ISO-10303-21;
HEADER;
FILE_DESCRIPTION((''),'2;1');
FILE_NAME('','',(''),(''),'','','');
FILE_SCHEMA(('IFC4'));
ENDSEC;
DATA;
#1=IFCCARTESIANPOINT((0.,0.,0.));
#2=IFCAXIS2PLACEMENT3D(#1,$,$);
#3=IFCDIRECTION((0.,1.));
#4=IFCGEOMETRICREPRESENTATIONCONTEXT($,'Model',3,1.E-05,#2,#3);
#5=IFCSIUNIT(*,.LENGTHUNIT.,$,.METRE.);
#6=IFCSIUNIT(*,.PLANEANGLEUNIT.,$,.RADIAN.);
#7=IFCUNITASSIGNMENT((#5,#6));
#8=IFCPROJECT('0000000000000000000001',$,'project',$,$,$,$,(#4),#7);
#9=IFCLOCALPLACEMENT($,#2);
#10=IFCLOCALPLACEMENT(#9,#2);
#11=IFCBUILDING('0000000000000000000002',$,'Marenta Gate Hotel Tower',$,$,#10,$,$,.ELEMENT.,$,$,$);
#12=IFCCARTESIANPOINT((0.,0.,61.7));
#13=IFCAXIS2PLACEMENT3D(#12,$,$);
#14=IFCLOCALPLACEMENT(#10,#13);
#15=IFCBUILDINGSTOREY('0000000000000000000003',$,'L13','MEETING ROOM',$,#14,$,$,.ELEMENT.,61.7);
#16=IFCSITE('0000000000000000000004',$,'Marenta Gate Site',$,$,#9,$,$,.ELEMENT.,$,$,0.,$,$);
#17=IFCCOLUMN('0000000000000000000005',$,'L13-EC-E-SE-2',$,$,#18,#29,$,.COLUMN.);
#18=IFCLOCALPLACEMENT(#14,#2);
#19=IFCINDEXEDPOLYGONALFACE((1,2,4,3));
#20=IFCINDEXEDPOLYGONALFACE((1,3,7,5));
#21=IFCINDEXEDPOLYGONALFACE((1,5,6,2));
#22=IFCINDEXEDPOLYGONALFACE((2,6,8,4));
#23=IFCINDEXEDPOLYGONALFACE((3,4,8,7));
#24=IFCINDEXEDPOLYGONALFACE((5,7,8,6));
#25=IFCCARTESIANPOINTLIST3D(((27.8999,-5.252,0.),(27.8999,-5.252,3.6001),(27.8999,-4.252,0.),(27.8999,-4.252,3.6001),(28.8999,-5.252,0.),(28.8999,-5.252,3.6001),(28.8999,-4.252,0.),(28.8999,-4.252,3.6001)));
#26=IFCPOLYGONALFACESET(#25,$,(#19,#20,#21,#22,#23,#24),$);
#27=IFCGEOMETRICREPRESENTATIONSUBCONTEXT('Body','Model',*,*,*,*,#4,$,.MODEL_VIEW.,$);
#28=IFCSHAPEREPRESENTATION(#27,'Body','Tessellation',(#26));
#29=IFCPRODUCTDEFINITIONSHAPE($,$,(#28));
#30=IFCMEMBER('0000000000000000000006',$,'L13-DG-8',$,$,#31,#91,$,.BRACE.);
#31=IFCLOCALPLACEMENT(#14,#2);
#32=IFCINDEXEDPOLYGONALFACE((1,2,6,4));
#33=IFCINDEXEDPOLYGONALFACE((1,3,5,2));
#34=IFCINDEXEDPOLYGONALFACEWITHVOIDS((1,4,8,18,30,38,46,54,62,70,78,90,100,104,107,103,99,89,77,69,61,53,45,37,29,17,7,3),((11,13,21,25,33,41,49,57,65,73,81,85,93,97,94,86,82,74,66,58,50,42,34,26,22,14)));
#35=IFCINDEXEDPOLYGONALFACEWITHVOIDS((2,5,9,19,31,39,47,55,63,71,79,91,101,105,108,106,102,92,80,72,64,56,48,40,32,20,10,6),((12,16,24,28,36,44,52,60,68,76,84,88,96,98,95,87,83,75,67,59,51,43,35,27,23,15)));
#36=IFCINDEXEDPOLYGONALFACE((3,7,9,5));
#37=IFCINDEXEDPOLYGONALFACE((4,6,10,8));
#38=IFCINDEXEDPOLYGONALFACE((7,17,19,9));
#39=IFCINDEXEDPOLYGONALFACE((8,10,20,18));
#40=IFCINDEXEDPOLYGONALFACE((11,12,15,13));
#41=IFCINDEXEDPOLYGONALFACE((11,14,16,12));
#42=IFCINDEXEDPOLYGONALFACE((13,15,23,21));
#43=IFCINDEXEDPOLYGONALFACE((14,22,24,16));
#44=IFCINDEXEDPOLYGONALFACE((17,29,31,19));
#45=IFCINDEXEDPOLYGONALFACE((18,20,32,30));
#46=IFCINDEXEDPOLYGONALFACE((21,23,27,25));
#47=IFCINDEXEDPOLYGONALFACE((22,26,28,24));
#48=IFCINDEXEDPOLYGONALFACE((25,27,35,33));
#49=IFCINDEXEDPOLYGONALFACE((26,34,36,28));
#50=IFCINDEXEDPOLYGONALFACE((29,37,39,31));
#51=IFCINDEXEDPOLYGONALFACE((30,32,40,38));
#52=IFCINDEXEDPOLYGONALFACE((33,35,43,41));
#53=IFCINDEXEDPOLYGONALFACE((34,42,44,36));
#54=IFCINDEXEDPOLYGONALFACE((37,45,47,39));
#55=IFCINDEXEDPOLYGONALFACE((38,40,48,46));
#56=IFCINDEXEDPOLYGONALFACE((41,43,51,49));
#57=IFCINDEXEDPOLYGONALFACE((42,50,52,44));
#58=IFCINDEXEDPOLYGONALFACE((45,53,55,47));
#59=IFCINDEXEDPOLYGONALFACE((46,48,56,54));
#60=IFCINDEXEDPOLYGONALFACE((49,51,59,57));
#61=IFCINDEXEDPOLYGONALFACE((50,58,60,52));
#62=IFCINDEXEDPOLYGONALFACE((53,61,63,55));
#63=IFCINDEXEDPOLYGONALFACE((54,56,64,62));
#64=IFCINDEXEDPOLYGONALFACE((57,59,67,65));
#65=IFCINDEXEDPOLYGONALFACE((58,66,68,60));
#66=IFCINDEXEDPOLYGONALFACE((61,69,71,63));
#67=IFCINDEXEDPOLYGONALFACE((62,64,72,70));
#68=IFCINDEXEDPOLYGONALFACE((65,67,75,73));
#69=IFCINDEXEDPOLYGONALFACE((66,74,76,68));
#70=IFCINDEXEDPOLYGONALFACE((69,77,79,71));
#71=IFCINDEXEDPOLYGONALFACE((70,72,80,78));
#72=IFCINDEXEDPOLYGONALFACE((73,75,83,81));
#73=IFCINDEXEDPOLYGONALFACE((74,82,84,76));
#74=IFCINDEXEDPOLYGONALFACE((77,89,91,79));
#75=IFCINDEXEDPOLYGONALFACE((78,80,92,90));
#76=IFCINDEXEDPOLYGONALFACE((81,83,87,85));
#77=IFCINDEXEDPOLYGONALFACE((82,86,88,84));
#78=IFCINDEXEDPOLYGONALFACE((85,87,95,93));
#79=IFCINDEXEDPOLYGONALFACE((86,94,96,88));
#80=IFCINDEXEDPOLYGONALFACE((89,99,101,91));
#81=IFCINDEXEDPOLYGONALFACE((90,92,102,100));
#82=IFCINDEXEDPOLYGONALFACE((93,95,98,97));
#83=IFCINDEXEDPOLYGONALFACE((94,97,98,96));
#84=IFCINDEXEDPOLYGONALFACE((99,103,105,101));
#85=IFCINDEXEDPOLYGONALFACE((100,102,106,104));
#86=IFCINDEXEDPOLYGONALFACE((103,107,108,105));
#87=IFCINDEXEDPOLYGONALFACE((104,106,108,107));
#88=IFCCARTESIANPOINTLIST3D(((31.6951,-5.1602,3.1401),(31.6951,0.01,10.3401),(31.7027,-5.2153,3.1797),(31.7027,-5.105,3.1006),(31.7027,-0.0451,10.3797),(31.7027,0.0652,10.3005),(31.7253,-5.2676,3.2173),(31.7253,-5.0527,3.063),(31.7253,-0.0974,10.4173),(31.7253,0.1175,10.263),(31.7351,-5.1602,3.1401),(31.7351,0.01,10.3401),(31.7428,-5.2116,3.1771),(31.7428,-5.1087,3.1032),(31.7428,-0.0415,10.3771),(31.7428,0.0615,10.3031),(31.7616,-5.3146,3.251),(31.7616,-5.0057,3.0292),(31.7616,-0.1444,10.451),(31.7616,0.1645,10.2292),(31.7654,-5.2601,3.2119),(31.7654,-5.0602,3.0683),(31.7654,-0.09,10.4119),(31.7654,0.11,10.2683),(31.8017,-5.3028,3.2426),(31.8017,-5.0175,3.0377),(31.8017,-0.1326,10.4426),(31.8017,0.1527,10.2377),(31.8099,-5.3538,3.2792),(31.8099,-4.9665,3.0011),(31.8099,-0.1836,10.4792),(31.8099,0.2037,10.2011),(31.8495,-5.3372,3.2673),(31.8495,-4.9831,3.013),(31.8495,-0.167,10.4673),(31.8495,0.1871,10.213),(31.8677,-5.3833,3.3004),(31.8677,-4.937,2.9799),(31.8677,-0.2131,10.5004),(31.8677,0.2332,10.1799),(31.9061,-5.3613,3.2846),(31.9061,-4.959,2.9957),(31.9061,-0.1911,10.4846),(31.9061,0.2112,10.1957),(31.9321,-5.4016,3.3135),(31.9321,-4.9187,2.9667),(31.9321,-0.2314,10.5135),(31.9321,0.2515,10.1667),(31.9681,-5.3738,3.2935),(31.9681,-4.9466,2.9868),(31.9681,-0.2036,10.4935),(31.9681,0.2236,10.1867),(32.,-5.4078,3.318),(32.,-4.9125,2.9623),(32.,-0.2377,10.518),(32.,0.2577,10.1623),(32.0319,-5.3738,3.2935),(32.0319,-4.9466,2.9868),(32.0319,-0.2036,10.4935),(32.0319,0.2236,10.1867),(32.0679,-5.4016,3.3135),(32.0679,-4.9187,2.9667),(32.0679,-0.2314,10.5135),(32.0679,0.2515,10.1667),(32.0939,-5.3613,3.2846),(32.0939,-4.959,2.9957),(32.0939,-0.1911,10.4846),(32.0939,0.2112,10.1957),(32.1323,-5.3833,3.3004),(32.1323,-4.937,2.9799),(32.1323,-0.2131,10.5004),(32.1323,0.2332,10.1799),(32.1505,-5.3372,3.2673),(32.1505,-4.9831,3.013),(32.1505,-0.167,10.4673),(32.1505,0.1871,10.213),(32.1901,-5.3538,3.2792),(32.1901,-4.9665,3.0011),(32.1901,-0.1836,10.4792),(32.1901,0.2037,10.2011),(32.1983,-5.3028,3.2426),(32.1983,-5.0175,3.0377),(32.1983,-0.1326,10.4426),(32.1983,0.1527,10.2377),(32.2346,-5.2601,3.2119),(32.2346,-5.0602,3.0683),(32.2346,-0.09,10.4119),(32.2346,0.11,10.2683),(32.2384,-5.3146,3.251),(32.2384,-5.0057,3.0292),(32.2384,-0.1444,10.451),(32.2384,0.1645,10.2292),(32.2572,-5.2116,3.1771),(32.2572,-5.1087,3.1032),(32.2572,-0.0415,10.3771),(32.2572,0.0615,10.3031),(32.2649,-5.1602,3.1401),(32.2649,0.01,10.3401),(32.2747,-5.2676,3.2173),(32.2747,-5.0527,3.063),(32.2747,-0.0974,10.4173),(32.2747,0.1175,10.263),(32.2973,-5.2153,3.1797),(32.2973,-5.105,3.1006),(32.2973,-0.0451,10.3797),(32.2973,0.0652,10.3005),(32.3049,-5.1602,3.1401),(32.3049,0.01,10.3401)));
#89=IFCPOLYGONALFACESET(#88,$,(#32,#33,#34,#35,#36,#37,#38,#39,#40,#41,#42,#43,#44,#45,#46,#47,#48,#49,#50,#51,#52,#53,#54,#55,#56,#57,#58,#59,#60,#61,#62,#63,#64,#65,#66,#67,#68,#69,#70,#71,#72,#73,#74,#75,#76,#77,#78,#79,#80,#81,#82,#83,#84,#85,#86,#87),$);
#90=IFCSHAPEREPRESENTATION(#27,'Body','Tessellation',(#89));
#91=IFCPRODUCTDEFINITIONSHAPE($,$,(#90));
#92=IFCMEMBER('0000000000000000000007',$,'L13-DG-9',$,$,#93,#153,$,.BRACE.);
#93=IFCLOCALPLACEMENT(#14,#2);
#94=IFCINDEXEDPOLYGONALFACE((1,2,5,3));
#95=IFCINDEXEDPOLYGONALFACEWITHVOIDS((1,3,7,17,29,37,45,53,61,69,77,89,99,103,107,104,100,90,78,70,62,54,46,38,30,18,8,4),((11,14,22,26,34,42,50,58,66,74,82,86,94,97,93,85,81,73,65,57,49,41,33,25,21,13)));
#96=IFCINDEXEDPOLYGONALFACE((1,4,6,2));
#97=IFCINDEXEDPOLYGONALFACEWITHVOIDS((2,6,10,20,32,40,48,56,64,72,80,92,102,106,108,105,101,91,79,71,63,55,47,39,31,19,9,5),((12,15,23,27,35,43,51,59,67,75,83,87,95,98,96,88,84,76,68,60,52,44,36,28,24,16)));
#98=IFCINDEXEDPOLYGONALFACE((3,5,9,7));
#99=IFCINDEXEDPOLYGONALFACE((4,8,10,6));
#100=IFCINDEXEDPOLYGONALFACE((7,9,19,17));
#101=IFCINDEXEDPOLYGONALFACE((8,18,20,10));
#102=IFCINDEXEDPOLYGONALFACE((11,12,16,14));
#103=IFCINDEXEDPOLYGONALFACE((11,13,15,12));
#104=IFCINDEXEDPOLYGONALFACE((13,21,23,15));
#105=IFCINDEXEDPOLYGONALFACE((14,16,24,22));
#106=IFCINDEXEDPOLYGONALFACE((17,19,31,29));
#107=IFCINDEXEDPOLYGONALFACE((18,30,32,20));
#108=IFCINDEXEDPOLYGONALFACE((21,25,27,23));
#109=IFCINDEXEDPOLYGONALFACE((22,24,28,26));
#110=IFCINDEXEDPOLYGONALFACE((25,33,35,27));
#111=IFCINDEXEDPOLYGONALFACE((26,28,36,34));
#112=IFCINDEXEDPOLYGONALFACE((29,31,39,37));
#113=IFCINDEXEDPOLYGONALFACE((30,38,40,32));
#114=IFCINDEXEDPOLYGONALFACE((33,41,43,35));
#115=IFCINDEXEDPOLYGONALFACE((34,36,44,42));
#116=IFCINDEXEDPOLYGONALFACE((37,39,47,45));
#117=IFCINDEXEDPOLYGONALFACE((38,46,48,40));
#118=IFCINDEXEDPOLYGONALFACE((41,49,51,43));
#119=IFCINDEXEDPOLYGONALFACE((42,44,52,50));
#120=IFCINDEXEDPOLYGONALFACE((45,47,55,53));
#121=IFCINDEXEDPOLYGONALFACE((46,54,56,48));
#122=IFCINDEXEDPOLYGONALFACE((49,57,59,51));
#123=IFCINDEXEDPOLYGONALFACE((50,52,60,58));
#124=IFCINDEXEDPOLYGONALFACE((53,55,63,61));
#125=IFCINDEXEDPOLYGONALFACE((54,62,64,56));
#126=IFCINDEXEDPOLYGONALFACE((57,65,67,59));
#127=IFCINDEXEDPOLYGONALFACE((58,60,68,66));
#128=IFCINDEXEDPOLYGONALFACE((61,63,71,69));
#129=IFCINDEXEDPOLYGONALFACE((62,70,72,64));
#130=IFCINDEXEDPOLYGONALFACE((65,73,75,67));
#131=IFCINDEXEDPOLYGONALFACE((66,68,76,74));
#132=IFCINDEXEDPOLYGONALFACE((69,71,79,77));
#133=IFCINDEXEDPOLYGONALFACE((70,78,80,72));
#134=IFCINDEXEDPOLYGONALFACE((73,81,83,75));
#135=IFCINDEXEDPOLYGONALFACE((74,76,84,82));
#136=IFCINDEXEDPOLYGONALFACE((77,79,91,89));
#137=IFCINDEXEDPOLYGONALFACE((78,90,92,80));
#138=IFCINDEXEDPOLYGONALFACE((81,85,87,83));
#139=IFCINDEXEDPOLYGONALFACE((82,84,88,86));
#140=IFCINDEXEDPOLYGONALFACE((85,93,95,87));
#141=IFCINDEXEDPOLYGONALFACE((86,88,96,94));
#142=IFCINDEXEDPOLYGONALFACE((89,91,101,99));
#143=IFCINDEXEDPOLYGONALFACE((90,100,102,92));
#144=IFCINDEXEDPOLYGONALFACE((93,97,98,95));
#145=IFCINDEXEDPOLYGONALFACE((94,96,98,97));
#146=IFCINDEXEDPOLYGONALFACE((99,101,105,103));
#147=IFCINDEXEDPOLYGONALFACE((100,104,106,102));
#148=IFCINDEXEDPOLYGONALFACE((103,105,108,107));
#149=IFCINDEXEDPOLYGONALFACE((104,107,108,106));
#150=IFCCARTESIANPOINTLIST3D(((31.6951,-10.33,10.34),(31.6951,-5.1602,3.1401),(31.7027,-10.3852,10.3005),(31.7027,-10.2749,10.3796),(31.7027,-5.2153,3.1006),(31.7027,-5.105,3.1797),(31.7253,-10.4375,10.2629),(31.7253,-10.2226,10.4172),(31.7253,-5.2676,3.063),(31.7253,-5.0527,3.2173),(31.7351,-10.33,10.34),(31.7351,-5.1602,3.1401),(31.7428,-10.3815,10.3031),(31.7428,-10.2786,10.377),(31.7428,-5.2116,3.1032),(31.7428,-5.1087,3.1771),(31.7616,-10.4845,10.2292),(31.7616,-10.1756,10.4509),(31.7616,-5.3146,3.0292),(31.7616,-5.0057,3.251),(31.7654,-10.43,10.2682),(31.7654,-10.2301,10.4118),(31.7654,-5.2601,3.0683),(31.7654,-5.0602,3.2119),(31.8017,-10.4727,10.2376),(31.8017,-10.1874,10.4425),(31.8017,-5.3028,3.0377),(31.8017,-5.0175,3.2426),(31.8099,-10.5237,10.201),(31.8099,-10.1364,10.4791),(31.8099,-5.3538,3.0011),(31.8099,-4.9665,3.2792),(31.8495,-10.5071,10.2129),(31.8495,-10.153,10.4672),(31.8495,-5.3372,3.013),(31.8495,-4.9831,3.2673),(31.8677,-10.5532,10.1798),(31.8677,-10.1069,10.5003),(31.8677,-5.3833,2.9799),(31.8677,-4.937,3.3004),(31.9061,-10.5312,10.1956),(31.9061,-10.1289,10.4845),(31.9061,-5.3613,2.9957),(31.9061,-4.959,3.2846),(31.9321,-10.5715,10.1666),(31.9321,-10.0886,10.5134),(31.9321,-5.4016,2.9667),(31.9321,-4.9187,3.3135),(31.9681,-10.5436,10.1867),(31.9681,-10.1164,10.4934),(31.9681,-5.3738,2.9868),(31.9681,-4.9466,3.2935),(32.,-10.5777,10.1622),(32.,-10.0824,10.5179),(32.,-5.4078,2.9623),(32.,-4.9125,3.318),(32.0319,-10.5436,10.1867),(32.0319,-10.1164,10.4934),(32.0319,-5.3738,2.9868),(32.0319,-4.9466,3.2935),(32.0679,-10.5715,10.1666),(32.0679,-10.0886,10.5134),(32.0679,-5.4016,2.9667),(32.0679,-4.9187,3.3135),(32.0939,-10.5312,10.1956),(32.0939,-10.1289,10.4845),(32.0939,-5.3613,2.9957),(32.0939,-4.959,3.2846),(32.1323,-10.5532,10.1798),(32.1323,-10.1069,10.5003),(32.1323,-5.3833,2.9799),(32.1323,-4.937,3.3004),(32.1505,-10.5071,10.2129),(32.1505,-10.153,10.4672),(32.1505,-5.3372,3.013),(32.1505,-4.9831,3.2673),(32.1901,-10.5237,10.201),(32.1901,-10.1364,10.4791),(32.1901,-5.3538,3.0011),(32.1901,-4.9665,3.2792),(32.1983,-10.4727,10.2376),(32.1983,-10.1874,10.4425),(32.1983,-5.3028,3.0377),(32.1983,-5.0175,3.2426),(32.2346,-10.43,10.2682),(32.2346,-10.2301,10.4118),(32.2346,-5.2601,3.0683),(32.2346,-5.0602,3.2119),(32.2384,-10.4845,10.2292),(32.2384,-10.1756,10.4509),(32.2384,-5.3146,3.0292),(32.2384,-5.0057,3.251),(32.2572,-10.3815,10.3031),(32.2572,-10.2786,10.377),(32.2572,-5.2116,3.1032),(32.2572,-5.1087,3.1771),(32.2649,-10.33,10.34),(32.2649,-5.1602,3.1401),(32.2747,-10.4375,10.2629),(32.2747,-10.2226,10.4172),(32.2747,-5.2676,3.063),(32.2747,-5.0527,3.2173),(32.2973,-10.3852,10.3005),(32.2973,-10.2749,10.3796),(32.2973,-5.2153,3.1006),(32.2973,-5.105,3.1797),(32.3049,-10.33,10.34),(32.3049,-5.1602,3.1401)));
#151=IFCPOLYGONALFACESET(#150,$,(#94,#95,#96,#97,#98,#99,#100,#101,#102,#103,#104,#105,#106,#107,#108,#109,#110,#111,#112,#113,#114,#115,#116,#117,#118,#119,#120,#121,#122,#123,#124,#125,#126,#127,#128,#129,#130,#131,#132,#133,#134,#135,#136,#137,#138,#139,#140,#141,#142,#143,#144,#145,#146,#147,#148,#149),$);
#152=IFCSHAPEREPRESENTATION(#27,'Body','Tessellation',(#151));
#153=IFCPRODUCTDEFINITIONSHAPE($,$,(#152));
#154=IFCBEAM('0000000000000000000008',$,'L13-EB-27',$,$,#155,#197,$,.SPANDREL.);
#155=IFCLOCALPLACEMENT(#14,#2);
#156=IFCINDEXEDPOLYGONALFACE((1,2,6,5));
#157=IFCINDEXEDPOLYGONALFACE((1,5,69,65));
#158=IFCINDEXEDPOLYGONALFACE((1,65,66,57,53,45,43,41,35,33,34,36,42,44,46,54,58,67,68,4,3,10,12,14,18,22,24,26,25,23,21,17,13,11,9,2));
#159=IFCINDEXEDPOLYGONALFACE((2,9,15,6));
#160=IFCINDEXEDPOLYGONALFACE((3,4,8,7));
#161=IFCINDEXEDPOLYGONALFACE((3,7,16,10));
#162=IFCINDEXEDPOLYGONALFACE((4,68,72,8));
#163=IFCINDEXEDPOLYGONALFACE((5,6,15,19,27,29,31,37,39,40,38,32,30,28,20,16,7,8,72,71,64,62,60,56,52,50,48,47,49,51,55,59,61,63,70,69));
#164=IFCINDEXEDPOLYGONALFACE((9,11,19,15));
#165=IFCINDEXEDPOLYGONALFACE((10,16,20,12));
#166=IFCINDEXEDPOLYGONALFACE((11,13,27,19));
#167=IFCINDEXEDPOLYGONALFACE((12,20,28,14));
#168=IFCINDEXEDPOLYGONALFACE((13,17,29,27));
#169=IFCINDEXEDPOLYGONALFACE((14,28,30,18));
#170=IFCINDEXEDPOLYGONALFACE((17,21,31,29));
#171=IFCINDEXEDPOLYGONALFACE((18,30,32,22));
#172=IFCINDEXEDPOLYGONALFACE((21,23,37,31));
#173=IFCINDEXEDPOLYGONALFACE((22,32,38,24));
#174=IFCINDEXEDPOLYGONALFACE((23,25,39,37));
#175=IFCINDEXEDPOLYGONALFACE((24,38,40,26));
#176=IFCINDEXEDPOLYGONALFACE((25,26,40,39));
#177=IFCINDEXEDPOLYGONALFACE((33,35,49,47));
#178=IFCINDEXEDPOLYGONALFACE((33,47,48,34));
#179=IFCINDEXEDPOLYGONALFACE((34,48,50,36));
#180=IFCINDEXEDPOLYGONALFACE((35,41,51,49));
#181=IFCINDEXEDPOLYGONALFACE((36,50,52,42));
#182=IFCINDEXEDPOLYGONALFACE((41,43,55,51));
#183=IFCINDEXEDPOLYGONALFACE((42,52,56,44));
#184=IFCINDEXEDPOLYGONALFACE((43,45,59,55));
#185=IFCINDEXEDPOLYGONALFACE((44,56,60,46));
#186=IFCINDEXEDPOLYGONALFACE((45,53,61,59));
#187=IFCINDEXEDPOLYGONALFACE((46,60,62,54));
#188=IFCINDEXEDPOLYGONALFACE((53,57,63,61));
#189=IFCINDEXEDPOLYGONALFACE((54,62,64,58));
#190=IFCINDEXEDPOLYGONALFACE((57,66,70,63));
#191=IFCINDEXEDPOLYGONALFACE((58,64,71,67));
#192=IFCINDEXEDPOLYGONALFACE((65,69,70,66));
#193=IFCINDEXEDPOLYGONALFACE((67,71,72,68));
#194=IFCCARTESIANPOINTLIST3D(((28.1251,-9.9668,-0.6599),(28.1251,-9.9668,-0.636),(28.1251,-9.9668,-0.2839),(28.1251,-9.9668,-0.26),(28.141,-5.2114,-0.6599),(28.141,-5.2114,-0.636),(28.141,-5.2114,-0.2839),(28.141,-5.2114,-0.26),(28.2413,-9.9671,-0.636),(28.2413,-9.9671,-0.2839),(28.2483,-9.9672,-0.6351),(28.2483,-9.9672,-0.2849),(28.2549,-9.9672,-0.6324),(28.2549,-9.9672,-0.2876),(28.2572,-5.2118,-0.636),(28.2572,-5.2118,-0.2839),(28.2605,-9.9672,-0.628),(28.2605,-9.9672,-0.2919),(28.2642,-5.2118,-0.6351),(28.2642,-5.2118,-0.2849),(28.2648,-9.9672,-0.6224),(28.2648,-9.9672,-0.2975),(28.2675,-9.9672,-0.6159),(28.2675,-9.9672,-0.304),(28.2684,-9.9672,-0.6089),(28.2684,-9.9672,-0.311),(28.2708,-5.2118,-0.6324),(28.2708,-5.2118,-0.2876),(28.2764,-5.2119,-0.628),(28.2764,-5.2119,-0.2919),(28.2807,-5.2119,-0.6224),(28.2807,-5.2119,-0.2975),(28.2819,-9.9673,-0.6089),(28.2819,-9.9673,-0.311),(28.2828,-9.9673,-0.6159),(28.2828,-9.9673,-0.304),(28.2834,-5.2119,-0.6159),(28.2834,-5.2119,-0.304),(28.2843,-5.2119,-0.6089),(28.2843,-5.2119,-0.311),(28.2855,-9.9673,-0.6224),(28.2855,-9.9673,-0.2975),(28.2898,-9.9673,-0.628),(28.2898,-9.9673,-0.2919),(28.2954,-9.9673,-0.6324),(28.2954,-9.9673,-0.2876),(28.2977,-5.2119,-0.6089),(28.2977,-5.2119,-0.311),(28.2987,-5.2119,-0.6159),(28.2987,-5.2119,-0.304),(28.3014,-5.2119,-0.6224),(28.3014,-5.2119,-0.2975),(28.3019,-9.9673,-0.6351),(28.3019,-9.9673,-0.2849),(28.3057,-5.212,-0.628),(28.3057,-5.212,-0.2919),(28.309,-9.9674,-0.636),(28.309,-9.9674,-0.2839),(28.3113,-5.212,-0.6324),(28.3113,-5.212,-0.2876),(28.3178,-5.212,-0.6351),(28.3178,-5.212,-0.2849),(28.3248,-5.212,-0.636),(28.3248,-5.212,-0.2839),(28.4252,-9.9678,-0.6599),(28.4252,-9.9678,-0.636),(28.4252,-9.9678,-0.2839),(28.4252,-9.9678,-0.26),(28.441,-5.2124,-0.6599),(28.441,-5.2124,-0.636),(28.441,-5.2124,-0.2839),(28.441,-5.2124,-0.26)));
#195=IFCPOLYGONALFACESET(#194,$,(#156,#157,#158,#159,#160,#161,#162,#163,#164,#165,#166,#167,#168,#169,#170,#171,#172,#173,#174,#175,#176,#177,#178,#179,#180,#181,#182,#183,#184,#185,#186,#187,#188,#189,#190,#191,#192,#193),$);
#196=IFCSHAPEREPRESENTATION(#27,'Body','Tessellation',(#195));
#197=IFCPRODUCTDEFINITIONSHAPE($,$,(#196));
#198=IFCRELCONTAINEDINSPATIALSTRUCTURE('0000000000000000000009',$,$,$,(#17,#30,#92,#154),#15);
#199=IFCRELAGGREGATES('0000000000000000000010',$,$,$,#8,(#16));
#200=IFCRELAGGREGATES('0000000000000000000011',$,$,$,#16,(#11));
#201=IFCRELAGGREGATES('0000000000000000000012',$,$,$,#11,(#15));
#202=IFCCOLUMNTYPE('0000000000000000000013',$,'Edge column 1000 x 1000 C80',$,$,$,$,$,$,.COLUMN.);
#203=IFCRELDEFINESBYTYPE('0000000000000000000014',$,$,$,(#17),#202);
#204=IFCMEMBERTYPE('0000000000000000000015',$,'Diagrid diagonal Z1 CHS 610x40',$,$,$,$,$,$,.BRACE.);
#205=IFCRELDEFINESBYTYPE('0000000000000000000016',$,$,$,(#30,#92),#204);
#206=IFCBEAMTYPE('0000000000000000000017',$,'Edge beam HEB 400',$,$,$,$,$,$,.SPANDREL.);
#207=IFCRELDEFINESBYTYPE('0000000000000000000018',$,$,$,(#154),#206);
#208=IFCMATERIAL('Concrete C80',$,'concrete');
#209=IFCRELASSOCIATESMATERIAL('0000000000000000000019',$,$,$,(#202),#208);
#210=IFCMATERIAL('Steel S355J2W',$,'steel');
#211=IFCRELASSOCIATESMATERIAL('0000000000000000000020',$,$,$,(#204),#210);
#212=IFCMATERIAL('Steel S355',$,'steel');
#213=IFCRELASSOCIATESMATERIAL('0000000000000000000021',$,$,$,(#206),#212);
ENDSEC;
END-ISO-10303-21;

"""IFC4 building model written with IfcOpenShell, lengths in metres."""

from ifc_helpers import new_model, si_unit, direction, frame, origin, origin_2d, place, context, subcontext, project, spatial, rectangle, hollow_circle, i_section, extrude, material, material_profile, profile_set, type_object, element, save


model = new_model("IFC4")

# Units and contexts
model_context = context("Model", 3, precision=1e-05, world=origin(), true_north=direction((0.0, 1.0)))
body_context = subcontext(model_context, "Body", "Model", "MODEL_VIEW")
ifc_project = project(units=[si_unit("LENGTHUNIT", "METRE"), si_unit("PLANEANGLEUNIT", "RADIAN")], contexts=[model_context])

# Site, building, storey
site_placement = place(None, origin())
site = spatial("IfcSite", under=ifc_project, at=site_placement, Name="Marenta Gate Site", CompositionType="ELEMENT", RefElevation=0.0)
building_placement = place(site_placement, origin())
building = spatial("IfcBuilding", under=site, at=building_placement, Name="Marenta Gate Hotel Tower", CompositionType="ELEMENT")
storey_placement = place(building_placement, frame((0.0, 0.0, 61.7)))
storey = spatial("IfcBuildingStorey", under=building, at=storey_placement, Name="L13", Description="MEETING ROOM", CompositionType="ELEMENT", Elevation=61.7)

# Column
ifc_material_1 = material(Name="Concrete C80", Category="concrete")
ifc_material_profile_1 = material_profile(ifc_material_1, rectangle(XDim=1.0, YDim=1.0, at=origin_2d()), Name="1000 x 1000")
ifc_profile_set_1 = profile_set([ifc_material_profile_1], Name="Concrete C80")
column_type = type_object("IfcColumnType", Name="Edge column 1000 x 1000 C80", PredefinedType="COLUMN", material=ifc_profile_set_1)
column_placement = place(storey_placement, frame((28.3999, -4.752, 0.0), z_axis=(0.0, 0.0, 1.0), x_axis=(1.0, 0.0, 0.0)))
element("IfcColumn", 1, at=column_placement, inside=storey, type_object=column_type, Name="L13-EC-E-SE-2", PredefinedType="COLUMN", context=body_context, shape_type="SweptSolid", body=[
    extrude(rectangle(XDim=1.0, YDim=1.0, at=origin_2d()), origin(), (0.0, 0.0, 1.0), 3.6001),
])

# Members
ifc_material_2 = material(Name="Steel S355J2W", Category="steel")
ifc_material_profile_2 = material_profile(ifc_material_2, hollow_circle(Radius=0.3049, WallThickness=0.04, at=origin_2d()), Name="CHS 610x40")
ifc_profile_set_2 = profile_set([ifc_material_profile_2], Name="Steel S355J2W")
member_type_1 = type_object("IfcMemberType", Name="Diagrid diagonal Z1 CHS 610x40", PredefinedType="BRACE", material=ifc_profile_set_2)
member_1_placement = place(storey_placement, frame((32.0, -5.1602, 3.1401), z_axis=(0.0, 0.583279, 0.812272), x_axis=(-1.0, 0.0, 0.0)))
element("IfcMember", 2, at=member_1_placement, inside=storey, type_object=member_type_1, Name="L13-DG-8", PredefinedType="BRACE", context=body_context, shape_type="SweptSolid", body=[
    extrude(hollow_circle(Radius=0.3049, WallThickness=0.04, at=origin_2d()), origin(), (0.0, 0.0, 1.0), 8.864),
])
member_2_placement = place(storey_placement, frame((32.0, -5.1602, 3.1401), z_axis=(0.0, -0.583261, 0.812285), x_axis=(1.0, 0.0, 0.0)))
element("IfcMember", 3, at=member_2_placement, inside=storey, type_object=member_type_1, Name="L13-DG-9", PredefinedType="BRACE", context=body_context, shape_type="SweptSolid", body=[
    extrude(hollow_circle(Radius=0.3049, WallThickness=0.04, at=origin_2d()), origin(), (0.0, 0.0, 1.0), 8.8638),
])

# Beam
ifc_material_3 = material(Name="Steel S355", Category="steel")
ifc_material_profile_3 = material_profile(ifc_material_3, i_section(OverallWidth=0.3, OverallDepth=0.3999, WebThickness=0.0134, FlangeThickness=0.0239, FilletRadius=0.0271, at=origin_2d()), Name="HEB 400")
ifc_profile_set_3 = profile_set([ifc_material_profile_3], Name="Steel S355")
beam_type = type_object("IfcBeamType", Name="Edge beam HEB 400", PredefinedType="SPANDREL", material=ifc_profile_set_3)
beam_placement = place(storey_placement, frame((28.291, -5.2119, -0.46), z_axis=(-0.003337, -0.999994, 0.0), x_axis=(0.999994, -0.003337, 0.0)))
element("IfcBeam", 4, at=beam_placement, inside=storey, type_object=beam_type, Name="L13-EB-27", PredefinedType="SPANDREL", context=body_context, shape_type="SweptSolid", body=[
    extrude(i_section(OverallWidth=0.3, OverallDepth=0.3999, WebThickness=0.0134, FlangeThickness=0.0239, FilletRadius=0.0271, at=origin_2d()), origin(), (0.0, 0.0, 1.0), 4.7554),
])

save(model, "model.ifc")
